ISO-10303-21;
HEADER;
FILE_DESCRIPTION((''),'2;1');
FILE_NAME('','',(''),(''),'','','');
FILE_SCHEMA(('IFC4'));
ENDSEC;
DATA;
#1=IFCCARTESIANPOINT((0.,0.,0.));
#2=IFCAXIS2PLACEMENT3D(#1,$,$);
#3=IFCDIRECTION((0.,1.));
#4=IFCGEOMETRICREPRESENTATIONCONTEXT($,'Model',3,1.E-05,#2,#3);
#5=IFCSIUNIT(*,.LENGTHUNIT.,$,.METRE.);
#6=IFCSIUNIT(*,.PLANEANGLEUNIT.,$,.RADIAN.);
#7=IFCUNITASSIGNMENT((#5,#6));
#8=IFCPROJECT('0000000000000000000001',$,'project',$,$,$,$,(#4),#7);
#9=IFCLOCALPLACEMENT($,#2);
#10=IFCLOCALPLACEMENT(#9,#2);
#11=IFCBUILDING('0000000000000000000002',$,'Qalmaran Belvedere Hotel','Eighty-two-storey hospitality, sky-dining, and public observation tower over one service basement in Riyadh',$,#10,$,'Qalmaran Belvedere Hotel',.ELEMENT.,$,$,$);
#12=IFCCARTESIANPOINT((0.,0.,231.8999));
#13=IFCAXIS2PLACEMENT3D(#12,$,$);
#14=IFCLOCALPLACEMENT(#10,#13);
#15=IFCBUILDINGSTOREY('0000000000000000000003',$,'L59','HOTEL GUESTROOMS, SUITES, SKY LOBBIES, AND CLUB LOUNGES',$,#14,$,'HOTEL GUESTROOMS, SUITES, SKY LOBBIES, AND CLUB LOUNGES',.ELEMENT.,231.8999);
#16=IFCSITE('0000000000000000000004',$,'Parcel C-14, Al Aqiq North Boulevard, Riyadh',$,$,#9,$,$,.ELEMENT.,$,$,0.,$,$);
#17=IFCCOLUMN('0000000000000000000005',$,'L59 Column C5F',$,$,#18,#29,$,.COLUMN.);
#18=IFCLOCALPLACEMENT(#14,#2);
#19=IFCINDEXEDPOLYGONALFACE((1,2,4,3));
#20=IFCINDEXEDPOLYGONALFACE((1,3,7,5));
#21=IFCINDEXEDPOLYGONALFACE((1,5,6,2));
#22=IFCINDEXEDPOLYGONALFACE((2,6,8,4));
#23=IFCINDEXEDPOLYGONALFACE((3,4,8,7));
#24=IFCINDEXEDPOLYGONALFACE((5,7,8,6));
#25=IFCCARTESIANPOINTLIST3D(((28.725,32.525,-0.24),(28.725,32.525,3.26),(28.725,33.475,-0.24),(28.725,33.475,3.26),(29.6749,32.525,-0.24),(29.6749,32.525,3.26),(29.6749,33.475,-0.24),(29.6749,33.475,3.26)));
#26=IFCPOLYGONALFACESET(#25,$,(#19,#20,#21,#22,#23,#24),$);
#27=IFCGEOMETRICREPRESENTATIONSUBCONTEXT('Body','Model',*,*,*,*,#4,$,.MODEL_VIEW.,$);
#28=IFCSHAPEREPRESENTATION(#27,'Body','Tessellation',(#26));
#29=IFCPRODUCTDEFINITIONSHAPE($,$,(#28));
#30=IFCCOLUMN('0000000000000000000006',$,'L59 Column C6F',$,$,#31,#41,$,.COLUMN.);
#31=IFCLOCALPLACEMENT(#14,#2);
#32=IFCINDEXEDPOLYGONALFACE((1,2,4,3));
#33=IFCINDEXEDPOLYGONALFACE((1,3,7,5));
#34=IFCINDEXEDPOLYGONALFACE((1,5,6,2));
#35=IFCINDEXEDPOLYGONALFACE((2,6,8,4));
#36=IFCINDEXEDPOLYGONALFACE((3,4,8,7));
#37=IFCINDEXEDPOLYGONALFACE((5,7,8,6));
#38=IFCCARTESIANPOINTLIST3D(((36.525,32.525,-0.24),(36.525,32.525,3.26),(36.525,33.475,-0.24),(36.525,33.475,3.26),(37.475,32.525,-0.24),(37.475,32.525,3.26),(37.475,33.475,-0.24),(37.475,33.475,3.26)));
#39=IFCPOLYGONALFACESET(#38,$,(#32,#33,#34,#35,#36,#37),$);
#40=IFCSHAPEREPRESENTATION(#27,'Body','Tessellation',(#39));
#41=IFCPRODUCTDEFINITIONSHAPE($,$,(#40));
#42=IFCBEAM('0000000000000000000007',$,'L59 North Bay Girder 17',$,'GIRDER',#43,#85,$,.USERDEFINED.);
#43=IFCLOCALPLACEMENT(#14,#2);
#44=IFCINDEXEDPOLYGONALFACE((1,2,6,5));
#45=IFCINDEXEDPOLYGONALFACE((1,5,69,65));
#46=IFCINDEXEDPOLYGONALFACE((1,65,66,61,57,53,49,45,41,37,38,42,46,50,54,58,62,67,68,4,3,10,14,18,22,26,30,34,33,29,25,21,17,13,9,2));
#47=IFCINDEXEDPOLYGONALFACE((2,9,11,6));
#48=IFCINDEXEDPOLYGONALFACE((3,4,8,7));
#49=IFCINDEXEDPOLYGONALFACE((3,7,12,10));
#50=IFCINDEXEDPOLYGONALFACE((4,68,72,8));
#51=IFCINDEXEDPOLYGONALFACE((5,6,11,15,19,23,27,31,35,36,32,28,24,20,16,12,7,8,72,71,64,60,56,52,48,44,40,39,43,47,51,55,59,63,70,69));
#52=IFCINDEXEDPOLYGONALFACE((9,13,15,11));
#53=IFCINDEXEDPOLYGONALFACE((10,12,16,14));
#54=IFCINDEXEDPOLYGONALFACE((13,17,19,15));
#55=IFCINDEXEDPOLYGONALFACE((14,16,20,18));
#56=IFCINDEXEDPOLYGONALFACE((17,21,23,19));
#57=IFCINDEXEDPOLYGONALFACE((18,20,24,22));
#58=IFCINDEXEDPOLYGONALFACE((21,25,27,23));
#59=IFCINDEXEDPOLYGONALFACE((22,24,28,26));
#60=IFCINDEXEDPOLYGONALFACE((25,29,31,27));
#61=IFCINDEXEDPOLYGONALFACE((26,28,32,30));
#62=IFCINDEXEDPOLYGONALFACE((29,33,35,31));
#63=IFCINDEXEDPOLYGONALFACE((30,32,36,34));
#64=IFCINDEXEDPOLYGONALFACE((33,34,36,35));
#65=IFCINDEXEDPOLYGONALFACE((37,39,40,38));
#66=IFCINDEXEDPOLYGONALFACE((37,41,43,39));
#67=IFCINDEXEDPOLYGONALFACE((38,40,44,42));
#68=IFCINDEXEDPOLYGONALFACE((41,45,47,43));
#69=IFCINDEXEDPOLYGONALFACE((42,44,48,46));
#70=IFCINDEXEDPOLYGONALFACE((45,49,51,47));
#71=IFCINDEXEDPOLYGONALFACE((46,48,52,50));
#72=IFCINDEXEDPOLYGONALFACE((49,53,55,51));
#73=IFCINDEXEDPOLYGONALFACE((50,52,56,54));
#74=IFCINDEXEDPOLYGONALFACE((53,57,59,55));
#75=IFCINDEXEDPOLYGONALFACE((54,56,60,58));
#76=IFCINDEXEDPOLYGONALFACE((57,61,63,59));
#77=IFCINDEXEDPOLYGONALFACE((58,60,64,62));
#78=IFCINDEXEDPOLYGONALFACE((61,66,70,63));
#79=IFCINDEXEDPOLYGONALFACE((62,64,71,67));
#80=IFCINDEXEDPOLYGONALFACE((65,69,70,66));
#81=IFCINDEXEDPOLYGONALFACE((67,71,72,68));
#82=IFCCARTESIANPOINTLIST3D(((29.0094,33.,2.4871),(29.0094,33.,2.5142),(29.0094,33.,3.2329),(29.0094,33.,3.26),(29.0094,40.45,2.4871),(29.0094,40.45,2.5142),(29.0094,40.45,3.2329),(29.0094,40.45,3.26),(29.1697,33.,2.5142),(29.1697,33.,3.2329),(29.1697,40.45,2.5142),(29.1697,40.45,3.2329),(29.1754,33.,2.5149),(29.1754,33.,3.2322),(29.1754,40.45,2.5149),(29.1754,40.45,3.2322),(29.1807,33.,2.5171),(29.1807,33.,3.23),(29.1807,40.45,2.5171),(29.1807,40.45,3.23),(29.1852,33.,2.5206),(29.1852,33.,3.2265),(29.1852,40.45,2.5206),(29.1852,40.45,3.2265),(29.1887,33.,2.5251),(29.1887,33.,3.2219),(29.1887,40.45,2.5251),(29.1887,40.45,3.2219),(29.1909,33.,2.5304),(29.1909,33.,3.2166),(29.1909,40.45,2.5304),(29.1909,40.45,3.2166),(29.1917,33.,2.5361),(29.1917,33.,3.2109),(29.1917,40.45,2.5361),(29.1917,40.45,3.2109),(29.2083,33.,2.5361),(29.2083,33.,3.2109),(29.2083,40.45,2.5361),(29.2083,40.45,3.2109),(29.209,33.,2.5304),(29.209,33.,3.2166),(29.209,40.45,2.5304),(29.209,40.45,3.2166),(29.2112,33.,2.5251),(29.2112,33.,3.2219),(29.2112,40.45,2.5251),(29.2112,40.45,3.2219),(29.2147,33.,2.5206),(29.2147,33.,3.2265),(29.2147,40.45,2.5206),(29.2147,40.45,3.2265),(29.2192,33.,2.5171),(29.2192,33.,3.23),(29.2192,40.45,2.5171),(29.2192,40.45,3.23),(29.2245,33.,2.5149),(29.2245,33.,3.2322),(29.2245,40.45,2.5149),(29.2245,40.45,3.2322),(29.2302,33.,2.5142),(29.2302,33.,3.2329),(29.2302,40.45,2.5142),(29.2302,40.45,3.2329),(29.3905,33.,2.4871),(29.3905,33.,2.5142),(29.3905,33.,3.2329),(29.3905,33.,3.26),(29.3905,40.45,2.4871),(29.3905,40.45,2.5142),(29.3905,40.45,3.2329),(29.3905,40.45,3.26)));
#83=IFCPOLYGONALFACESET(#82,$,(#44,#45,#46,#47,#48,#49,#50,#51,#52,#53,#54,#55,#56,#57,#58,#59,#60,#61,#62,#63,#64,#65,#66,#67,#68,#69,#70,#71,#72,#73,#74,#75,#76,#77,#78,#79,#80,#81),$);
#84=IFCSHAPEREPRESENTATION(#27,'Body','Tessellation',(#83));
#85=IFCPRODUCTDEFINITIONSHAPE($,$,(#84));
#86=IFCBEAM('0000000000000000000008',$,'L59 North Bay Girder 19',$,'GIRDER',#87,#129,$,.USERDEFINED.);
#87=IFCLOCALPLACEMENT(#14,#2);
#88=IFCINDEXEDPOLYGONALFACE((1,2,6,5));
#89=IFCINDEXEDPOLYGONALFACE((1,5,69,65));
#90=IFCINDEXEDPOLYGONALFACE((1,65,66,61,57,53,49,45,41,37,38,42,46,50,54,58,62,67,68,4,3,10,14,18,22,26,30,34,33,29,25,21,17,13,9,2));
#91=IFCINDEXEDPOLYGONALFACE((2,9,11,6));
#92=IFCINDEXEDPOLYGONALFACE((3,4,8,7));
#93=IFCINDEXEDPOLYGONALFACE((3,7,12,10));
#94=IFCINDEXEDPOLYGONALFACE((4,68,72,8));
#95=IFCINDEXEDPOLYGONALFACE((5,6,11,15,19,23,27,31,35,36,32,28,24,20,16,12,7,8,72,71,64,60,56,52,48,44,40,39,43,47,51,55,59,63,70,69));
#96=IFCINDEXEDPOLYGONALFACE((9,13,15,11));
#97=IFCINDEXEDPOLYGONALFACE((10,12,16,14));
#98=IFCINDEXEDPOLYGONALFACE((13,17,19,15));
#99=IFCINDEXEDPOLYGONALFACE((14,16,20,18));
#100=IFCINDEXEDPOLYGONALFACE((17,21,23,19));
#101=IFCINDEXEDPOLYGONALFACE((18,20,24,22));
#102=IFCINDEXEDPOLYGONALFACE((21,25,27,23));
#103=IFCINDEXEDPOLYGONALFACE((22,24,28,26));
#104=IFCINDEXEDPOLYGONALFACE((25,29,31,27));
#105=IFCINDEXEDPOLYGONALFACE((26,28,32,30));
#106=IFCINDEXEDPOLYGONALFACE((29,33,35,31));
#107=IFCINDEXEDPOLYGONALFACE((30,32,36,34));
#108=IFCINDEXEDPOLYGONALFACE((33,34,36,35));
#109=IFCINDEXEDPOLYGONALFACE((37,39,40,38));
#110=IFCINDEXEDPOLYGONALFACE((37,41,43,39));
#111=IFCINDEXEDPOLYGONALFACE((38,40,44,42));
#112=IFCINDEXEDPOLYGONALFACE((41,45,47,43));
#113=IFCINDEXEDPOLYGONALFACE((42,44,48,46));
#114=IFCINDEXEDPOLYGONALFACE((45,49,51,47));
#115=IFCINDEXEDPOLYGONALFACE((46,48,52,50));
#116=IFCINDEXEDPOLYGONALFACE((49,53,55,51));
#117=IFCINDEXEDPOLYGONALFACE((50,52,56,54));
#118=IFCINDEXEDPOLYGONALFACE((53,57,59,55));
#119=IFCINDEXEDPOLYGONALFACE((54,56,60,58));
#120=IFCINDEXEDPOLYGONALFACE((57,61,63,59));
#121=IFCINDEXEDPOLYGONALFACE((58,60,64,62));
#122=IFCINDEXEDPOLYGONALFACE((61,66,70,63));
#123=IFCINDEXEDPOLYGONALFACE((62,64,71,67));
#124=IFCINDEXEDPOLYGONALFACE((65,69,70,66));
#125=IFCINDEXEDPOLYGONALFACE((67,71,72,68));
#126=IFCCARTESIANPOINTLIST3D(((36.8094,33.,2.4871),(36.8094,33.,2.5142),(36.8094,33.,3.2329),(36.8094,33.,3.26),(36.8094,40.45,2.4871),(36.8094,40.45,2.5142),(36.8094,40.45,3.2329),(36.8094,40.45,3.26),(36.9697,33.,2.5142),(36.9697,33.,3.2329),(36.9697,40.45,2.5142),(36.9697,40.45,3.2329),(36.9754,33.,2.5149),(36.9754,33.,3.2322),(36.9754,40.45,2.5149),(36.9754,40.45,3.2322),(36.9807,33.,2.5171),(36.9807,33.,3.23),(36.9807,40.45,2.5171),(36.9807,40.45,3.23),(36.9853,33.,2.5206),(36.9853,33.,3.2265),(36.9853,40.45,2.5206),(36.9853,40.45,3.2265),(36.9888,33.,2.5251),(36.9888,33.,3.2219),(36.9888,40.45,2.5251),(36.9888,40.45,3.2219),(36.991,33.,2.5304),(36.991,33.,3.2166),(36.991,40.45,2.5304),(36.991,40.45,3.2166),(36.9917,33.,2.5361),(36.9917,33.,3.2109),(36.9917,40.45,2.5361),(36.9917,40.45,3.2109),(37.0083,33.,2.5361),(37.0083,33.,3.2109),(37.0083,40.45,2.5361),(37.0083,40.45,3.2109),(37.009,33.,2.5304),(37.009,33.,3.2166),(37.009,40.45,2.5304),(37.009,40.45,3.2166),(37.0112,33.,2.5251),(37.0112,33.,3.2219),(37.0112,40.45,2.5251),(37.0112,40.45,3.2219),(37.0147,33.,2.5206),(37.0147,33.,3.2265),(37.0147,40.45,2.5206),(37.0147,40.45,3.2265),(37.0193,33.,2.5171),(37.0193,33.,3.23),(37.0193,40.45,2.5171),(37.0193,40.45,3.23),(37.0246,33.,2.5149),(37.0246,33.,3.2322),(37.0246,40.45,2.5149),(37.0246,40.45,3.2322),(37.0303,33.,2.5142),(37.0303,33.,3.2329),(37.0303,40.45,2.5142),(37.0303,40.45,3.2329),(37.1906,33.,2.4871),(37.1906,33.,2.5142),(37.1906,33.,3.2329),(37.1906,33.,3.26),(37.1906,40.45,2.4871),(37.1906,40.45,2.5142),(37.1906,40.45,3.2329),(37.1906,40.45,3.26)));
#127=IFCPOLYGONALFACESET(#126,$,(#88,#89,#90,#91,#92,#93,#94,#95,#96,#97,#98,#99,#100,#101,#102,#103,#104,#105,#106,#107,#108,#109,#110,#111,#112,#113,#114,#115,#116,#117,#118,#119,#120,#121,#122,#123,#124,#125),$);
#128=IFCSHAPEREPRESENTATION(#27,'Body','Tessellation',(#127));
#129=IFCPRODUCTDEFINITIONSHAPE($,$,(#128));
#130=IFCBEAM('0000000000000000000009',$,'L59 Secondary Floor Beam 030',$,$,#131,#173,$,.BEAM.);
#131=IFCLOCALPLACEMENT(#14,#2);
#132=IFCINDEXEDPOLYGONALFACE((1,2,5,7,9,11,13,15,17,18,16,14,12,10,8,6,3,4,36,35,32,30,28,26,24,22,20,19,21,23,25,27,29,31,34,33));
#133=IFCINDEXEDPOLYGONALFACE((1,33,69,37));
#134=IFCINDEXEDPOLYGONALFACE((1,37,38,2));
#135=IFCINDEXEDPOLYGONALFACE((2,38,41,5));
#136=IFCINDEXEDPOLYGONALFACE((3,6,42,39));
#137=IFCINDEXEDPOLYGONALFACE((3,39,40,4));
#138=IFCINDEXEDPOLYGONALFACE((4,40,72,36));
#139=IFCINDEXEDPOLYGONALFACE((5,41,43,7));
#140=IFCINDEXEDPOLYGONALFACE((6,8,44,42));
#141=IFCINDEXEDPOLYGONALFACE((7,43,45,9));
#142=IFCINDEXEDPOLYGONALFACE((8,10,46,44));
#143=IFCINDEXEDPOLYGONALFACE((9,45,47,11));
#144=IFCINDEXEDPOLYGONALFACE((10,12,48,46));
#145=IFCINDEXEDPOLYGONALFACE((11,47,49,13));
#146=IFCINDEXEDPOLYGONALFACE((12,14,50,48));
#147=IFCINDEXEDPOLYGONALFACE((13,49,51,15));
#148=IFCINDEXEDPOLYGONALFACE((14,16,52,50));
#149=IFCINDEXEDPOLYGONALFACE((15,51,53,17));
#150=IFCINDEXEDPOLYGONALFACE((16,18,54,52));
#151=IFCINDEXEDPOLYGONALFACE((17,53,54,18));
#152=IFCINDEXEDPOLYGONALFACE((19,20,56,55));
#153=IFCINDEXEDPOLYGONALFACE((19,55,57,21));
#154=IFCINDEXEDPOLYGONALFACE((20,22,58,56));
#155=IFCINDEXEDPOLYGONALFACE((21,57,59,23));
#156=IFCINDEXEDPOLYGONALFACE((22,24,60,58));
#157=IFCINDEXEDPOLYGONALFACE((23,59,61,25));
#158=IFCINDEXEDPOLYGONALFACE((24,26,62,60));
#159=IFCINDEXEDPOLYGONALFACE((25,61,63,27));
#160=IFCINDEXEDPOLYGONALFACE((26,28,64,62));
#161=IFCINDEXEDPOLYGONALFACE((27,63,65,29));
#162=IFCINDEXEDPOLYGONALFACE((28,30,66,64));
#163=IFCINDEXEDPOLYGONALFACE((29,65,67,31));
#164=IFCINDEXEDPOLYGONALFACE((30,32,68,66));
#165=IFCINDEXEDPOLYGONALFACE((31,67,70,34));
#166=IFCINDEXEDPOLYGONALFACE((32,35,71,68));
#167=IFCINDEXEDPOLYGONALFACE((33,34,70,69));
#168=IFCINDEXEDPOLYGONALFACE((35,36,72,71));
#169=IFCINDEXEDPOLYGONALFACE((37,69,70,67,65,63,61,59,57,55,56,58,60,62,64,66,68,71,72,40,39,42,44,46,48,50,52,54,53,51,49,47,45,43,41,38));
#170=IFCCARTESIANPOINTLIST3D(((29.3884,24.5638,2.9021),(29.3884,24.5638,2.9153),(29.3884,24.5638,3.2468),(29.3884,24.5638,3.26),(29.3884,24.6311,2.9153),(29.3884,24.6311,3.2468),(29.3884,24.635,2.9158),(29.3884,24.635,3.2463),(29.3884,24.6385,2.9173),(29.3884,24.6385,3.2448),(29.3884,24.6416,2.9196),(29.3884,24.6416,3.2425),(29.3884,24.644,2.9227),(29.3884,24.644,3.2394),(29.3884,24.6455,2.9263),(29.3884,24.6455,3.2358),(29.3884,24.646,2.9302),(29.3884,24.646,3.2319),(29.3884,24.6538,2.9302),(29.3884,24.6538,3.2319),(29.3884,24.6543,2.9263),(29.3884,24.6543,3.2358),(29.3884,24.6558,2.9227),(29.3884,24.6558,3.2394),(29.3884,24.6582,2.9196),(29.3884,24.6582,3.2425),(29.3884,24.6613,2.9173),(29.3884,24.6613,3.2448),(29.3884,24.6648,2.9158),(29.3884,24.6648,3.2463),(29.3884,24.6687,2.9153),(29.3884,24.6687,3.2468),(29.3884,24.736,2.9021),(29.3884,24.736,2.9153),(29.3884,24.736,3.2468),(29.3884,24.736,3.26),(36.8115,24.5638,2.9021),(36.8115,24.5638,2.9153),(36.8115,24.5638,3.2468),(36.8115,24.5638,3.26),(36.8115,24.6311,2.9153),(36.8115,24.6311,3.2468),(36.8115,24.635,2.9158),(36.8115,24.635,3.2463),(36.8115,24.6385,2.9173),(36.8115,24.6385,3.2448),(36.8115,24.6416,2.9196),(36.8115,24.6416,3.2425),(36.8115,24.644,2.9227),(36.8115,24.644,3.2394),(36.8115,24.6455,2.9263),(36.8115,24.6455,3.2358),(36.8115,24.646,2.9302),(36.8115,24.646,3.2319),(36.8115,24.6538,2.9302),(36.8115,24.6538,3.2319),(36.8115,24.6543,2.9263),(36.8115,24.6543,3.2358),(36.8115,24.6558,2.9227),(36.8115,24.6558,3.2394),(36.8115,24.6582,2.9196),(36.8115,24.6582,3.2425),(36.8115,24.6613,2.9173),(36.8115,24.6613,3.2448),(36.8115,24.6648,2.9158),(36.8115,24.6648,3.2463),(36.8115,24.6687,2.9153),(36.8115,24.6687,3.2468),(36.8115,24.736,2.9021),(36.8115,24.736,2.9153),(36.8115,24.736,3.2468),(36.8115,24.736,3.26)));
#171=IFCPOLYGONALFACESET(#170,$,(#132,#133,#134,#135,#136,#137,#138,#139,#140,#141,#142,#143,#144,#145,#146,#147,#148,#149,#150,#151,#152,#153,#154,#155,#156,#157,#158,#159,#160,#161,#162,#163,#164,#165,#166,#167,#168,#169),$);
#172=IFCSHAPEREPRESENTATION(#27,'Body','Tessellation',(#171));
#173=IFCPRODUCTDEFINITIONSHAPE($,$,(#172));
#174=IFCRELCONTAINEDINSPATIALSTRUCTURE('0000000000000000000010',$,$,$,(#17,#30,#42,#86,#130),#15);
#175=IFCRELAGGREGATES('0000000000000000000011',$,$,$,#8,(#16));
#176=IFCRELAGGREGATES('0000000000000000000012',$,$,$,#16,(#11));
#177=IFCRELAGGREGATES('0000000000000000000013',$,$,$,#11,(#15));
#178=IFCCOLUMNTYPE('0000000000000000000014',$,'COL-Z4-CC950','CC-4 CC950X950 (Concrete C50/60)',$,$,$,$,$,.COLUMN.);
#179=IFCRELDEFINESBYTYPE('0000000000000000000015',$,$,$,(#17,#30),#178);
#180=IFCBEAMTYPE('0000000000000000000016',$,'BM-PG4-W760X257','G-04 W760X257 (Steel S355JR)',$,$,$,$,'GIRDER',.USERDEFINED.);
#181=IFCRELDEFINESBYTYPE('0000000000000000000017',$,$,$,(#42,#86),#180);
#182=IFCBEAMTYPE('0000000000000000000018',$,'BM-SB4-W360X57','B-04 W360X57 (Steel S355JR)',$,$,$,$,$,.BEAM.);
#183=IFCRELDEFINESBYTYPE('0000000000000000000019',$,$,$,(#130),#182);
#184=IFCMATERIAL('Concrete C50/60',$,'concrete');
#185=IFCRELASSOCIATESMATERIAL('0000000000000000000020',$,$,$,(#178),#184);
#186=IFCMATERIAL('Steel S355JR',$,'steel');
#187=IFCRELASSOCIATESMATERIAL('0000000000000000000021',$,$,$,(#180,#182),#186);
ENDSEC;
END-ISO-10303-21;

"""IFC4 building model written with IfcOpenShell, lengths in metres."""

from ifc_helpers import new_model, si_unit, direction, frame, origin, origin_2d, place, context, subcontext, project, spatial, rectangle, i_section, extrude, material, material_profile, profile_set, type_object, element, save


model = new_model("IFC4")

# Units and contexts
model_context = context("Model", 3, precision=1e-05, world=origin(), true_north=direction((0.0, 1.0)))
body_context = subcontext(model_context, "Body", "Model", "MODEL_VIEW")
ifc_project = project(units=[si_unit("LENGTHUNIT", "METRE"), si_unit("PLANEANGLEUNIT", "RADIAN")], contexts=[model_context])

# Site, building, storey
site_placement = place(None, origin())
site = spatial("IfcSite", under=ifc_project, at=site_placement, Name="Parcel C-14, Al Aqiq North Boulevard, Riyadh", CompositionType="ELEMENT", RefElevation=0.0)
building_placement = place(site_placement, origin())
building = spatial("IfcBuilding", under=site, at=building_placement, Name="Qalmaran Belvedere Hotel", Description="Eighty-two-storey hospitality, sky-dining, and public observation tower over one service basement in Riyadh", LongName="Qalmaran Belvedere Hotel", CompositionType="ELEMENT")
storey_placement = place(building_placement, frame((0.0, 0.0, 231.8999)))
storey = spatial("IfcBuildingStorey", under=building, at=storey_placement, Name="L59", Description="HOTEL GUESTROOMS, SUITES, SKY LOBBIES, AND CLUB LOUNGES", LongName="HOTEL GUESTROOMS, SUITES, SKY LOBBIES, AND CLUB LOUNGES", CompositionType="ELEMENT", Elevation=231.8999)

# Columns
ifc_material_1 = material(Name="Concrete C50/60", Category="concrete")
ifc_material_profile_1 = material_profile(ifc_material_1, rectangle(XDim=0.95, YDim=0.95, at=origin_2d()), Name="CC950X950")
ifc_profile_set_1 = profile_set([ifc_material_profile_1], Name="Concrete C50/60")
column_type = type_object("IfcColumnType", Name="COL-Z4-CC950", Description="CC-4 CC950X950 (Concrete C50/60)", PredefinedType="COLUMN", material=ifc_profile_set_1)
for number, where, z_axis, x_axis, name in (
    (1, (29.2, 33.0, -0.24), (0.0, 0.0, 1.0), (1.0, 0.0, 0.0), "L59 Column C5F"),
    (2, (37.0, 33.0, -0.24), (0.0, 0.0, 1.0), (1.0, 0.0, 0.0), "L59 Column C6F"),
):
    element("IfcColumn", number, at=place(storey_placement, frame(where, z_axis=z_axis, x_axis=x_axis)), inside=storey, type_object=column_type, Name=name, PredefinedType="COLUMN", context=body_context, shape_type="SweptSolid", body=[
        extrude(rectangle(XDim=0.95, YDim=0.95, at=origin_2d()), origin(), (0.0, 0.0, 1.0), 3.5),
    ])

# Beams
ifc_material_2 = material(Name="Steel S355JR", Category="steel")
ifc_material_profile_2 = material_profile(ifc_material_2, i_section(OverallWidth=0.3811, OverallDepth=0.7729, WebThickness=0.0166, FlangeThickness=0.0271, FilletRadius=0.022, at=origin_2d()), Name="W760X257")
ifc_profile_set_2 = profile_set([ifc_material_profile_2], Name="Steel S355JR")
beam_type_1 = type_object("IfcBeamType", Name="BM-PG4-W760X257", Description="G-04 W760X257 (Steel S355JR)", ElementType="GIRDER", PredefinedType="USERDEFINED", material=ifc_profile_set_2)
for number, where, z_axis, x_axis, name in (
    (3, (29.2, 33.0, 2.8735), (0.0, 1.0, 0.0), (-1.0, 0.0, 0.0), "L59 North Bay Girder 17"),
    (4, (37.0, 33.0, 2.8735), (0.0, 1.0, 0.0), (-1.0, 0.0, 0.0), "L59 North Bay Girder 19"),
):
    element("IfcBeam", number, at=place(storey_placement, frame(where, z_axis=z_axis, x_axis=x_axis)), inside=storey, type_object=beam_type_1, Name=name, ObjectType="GIRDER", PredefinedType="USERDEFINED", context=body_context, shape_type="SweptSolid", body=[
        extrude(i_section(OverallWidth=0.3811, OverallDepth=0.7729, WebThickness=0.0166, FlangeThickness=0.0271, FilletRadius=0.022, at=origin_2d()), origin(), (0.0, 0.0, 1.0), 7.45),
    ])
ifc_material_profile_3 = material_profile(ifc_material_2, i_section(OverallWidth=0.1721, OverallDepth=0.3579, WebThickness=0.0078, FlangeThickness=0.0132, FilletRadius=0.0149, at=origin_2d()), Name="W360X57")
ifc_profile_set_3 = profile_set([ifc_material_profile_3], Name="Steel S355JR")
beam_type_2 = type_object("IfcBeamType", Name="BM-SB4-W360X57", Description="B-04 W360X57 (Steel S355JR)", PredefinedType="BEAM", material=ifc_profile_set_3)
for number, where, z_axis, x_axis, name in (
    (5, (29.3884, 24.6499, 3.0811), (1.0, 0.0, 0.0), (0.0, 1.0, 0.0), "L59 Secondary Floor Beam 030"),
):
    element("IfcBeam", number, at=place(storey_placement, frame(where, z_axis=z_axis, x_axis=x_axis)), inside=storey, type_object=beam_type_2, Name=name, PredefinedType="BEAM", context=body_context, shape_type="SweptSolid", body=[
        extrude(i_section(OverallWidth=0.1721, OverallDepth=0.3579, WebThickness=0.0078, FlangeThickness=0.0132, FilletRadius=0.0149, at=origin_2d()), origin(), (0.0, 0.0, 1.0), 7.4231),
    ])

save(model, "model.ifc")
